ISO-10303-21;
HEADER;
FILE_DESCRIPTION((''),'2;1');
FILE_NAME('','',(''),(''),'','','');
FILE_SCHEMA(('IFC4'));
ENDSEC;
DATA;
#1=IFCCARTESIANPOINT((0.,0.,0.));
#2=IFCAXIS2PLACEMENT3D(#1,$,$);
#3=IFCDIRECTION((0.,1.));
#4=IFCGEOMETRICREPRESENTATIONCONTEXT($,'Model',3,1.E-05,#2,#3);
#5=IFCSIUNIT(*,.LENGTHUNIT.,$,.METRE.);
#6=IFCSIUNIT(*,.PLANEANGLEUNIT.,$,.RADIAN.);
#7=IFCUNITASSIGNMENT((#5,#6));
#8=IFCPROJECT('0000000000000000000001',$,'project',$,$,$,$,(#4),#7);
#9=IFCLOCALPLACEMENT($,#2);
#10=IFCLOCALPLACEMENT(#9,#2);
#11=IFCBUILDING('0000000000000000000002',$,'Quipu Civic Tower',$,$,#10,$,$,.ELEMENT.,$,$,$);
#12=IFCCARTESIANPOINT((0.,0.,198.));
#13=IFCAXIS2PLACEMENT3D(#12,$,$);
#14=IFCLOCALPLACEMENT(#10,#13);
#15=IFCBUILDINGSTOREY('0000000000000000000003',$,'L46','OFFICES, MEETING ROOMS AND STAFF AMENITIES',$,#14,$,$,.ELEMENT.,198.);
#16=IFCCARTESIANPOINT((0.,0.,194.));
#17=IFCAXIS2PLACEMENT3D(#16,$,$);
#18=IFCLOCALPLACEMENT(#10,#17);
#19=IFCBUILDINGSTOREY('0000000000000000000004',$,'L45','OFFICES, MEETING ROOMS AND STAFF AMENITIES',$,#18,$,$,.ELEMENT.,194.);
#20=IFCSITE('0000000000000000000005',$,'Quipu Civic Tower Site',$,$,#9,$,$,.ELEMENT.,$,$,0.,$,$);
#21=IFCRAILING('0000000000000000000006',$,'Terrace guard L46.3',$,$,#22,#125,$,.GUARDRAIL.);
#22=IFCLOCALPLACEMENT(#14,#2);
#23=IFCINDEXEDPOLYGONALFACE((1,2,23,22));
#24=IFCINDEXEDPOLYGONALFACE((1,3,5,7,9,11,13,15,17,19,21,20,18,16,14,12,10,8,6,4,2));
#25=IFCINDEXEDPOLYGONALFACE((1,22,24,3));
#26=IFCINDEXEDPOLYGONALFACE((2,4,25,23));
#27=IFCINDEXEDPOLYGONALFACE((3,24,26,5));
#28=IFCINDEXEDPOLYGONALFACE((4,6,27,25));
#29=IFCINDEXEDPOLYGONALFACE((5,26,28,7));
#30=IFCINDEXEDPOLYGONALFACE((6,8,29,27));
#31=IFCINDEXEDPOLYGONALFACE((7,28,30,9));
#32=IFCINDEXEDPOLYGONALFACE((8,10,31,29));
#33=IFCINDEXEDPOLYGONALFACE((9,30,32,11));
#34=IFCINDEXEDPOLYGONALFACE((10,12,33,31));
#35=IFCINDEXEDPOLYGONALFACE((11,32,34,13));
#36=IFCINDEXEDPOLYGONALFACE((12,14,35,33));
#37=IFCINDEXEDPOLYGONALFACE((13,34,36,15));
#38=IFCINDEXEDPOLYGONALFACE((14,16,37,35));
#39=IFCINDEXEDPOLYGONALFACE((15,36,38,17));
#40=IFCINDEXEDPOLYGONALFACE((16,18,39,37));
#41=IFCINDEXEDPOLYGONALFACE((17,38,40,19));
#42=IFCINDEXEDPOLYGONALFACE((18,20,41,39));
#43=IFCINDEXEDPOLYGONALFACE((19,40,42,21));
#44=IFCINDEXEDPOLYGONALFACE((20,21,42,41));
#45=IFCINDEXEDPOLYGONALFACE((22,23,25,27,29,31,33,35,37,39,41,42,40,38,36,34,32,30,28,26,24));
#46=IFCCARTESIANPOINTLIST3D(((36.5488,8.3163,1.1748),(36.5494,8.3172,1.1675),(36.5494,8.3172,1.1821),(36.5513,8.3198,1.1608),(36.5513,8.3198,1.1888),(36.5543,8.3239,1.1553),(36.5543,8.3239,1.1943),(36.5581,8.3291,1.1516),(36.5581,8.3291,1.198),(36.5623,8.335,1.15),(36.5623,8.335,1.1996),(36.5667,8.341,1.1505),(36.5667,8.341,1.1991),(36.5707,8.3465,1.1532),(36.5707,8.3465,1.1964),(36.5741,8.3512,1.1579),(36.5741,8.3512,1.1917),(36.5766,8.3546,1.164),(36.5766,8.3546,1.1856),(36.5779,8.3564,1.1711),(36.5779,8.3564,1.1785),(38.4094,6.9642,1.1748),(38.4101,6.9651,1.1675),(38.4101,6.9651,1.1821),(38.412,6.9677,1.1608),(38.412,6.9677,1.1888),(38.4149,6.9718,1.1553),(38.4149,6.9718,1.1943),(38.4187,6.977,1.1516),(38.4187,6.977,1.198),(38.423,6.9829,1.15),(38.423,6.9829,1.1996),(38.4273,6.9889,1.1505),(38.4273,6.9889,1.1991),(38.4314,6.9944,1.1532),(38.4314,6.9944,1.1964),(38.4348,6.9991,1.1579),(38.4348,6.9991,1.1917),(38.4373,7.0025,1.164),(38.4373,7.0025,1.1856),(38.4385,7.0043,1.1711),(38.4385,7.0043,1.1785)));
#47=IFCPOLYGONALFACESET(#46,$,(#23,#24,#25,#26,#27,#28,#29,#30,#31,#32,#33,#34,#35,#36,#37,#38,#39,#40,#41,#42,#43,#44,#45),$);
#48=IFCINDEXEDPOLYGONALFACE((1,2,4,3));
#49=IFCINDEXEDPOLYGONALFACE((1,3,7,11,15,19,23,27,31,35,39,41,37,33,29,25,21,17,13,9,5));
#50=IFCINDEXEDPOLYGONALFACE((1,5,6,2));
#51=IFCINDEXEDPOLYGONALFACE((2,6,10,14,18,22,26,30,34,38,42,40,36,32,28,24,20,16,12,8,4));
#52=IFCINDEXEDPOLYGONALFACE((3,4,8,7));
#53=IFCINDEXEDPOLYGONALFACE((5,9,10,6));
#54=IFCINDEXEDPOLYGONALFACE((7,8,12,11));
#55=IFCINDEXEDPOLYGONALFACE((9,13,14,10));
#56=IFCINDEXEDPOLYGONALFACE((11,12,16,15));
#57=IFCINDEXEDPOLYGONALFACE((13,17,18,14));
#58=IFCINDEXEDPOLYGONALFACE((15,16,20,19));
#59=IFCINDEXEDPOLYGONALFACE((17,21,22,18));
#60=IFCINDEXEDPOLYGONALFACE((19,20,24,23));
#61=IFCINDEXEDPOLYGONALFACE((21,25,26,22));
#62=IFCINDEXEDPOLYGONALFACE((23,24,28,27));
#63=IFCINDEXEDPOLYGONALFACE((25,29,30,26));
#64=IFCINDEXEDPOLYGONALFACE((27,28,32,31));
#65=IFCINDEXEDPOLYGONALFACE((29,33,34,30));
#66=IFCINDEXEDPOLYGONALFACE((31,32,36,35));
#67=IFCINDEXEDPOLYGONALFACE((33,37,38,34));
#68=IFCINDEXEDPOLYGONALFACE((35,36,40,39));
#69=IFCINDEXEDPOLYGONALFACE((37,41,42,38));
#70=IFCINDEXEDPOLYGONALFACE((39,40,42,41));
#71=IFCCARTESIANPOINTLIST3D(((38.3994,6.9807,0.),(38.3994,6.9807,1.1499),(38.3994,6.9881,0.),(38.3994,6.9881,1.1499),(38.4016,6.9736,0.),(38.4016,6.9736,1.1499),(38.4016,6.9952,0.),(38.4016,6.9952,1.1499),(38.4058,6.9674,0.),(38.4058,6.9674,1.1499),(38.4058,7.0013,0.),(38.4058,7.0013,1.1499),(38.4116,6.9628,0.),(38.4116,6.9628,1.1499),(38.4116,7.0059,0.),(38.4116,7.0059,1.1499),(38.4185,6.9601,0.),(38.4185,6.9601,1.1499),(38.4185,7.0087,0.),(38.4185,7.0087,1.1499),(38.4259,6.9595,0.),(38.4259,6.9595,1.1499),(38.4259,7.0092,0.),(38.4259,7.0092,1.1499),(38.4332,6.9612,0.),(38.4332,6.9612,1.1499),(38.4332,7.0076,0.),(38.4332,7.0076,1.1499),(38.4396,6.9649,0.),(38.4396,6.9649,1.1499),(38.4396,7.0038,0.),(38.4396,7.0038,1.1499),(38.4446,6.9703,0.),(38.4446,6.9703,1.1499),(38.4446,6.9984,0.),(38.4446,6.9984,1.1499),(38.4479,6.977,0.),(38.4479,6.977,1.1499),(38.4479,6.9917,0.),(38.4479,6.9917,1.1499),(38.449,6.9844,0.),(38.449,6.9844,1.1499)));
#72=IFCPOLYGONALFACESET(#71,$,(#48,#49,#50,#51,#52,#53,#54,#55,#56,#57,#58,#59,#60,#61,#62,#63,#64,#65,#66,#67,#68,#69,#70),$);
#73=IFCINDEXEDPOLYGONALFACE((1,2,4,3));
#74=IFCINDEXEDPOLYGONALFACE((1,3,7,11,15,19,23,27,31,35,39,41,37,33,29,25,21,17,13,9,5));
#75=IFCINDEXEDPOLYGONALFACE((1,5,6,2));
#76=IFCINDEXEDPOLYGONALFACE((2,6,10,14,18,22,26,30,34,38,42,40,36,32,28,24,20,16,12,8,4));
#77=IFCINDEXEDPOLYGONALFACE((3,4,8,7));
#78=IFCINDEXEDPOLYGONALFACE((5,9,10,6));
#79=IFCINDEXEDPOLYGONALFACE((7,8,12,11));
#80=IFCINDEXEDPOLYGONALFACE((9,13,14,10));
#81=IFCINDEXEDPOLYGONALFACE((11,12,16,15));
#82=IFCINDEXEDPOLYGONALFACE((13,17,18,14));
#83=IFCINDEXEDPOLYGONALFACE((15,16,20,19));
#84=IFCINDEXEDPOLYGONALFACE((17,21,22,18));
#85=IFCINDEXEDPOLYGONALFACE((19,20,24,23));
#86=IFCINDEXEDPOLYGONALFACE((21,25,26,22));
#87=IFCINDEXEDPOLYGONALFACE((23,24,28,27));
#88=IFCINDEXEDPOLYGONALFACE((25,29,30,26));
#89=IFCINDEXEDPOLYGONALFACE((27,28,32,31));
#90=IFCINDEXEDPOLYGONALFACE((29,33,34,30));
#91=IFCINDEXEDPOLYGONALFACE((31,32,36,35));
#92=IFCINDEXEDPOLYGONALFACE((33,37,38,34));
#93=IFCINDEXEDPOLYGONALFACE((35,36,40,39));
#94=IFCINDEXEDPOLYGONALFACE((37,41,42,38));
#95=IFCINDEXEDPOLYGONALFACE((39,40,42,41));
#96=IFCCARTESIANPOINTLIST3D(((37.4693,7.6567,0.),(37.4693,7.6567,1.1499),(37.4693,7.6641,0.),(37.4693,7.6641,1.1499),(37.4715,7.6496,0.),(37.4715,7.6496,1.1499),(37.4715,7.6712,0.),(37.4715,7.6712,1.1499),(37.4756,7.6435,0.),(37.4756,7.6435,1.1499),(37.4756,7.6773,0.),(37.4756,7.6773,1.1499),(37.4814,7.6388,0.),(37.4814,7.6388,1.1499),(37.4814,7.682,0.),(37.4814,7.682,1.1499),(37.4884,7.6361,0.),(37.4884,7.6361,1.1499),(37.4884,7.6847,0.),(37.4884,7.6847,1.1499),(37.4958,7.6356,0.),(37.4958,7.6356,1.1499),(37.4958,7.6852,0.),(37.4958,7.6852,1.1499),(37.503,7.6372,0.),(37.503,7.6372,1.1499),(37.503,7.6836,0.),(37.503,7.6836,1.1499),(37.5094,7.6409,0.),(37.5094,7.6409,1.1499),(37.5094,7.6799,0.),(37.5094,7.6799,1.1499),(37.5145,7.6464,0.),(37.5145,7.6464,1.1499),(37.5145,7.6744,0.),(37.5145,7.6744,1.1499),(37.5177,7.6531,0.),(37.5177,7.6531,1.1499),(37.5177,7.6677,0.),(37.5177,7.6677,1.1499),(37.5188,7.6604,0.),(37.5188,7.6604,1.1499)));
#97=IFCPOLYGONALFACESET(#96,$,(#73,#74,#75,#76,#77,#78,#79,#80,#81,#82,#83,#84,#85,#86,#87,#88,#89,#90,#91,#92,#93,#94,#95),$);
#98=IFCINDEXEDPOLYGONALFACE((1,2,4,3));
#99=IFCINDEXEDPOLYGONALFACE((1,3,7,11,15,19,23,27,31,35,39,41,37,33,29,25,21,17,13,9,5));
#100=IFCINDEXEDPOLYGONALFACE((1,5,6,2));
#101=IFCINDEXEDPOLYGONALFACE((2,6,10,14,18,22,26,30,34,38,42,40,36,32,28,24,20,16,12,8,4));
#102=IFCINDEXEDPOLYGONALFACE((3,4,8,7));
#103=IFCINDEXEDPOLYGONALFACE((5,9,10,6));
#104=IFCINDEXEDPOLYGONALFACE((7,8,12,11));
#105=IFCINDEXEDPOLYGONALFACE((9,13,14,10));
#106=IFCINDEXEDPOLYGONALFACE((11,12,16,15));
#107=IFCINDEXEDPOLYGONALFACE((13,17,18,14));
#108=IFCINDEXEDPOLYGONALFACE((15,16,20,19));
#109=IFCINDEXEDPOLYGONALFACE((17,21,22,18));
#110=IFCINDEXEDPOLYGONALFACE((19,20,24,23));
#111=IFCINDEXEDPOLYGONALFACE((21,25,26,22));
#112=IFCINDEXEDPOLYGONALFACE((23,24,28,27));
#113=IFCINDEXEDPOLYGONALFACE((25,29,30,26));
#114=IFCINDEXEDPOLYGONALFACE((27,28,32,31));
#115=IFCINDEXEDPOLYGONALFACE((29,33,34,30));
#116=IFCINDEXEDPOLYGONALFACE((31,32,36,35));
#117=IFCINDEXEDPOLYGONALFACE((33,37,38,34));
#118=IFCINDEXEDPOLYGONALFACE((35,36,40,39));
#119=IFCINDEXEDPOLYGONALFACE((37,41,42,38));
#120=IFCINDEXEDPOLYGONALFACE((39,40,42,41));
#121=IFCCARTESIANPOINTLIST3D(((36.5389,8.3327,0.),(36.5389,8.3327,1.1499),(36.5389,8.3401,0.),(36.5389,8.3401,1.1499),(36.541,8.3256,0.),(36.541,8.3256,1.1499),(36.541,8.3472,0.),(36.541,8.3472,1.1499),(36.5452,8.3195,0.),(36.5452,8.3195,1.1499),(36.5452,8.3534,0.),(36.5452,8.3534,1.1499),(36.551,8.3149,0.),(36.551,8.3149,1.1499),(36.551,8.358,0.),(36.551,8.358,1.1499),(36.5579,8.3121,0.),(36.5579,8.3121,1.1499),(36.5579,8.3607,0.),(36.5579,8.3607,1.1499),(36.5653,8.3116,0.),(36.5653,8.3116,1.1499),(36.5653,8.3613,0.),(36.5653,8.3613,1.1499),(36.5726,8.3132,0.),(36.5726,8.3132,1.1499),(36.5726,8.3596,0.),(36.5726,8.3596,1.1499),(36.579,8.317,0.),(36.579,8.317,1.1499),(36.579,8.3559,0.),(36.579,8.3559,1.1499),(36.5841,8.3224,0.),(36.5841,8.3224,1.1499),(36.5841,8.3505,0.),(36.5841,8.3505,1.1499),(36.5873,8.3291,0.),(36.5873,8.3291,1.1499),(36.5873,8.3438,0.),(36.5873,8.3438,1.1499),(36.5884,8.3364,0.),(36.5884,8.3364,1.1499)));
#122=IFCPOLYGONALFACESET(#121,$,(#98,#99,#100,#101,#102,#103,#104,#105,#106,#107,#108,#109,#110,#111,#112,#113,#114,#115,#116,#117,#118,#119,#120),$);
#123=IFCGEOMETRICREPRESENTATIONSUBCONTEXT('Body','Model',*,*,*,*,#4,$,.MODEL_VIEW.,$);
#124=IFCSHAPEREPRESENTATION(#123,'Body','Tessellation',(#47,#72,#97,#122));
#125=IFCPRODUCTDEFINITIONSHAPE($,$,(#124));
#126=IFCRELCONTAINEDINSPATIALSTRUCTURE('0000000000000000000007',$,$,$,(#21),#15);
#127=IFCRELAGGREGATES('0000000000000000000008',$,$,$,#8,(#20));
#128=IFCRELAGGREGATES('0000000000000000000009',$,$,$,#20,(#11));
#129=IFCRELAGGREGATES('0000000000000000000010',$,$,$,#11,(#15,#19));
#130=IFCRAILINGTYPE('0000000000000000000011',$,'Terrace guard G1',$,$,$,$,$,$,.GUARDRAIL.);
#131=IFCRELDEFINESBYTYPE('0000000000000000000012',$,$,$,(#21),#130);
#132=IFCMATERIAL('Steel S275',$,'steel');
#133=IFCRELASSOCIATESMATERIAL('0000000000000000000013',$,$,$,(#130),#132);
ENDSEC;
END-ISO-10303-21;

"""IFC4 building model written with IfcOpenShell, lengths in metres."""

from ifc_helpers import new_model, si_unit, direction, frame, origin, origin_2d, place, context, subcontext, project, spatial, circle, extrude, material, type_object, element, save


model = new_model("IFC4")

# Units and contexts
model_context = context("Model", 3, precision=1e-05, world=origin(), true_north=direction((0.0, 1.0)))
body_context = subcontext(model_context, "Body", "Model", "MODEL_VIEW")
ifc_project = project(units=[si_unit("LENGTHUNIT", "METRE"), si_unit("PLANEANGLEUNIT", "RADIAN")], contexts=[model_context])

# Site, building, storey
site_placement = place(None, origin())
site = spatial("IfcSite", under=ifc_project, at=site_placement, Name="Quipu Civic Tower Site", CompositionType="ELEMENT", RefElevation=0.0)
building_placement = place(site_placement, origin())
building = spatial("IfcBuilding", under=site, at=building_placement, Name="Quipu Civic Tower", CompositionType="ELEMENT")
storey_1_placement = place(building_placement, frame((0.0, 0.0, 198.0)))
storey_1 = spatial("IfcBuildingStorey", under=building, at=storey_1_placement, Name="L46", Description="OFFICES, MEETING ROOMS AND STAFF AMENITIES", CompositionType="ELEMENT", Elevation=198.0)

# Shared definitions
storey_2_placement = place(building_placement, frame((0.0, 0.0, 194.0)))
storey_2 = spatial("IfcBuildingStorey", under=building, at=storey_2_placement, Name="L45", Description="OFFICES, MEETING ROOMS AND STAFF AMENITIES", CompositionType="ELEMENT", Elevation=194.0)

# Railing
ifc_material_1 = material(Name="Steel S275", Category="steel")
railing_type = type_object("IfcRailingType", Name="Terrace guard G1", PredefinedType="GUARDRAIL", material=ifc_material_1)
railing_1_placement = place(storey_1_placement, frame((38.4241, 6.9844, 0.0)))
element("IfcRailing", 1, at=railing_1_placement, inside=storey_1, type_object=railing_type, Name="Terrace guard L46.3", PredefinedType="GUARDRAIL", context=body_context, shape_type="SweptSolid", body=[
    extrude(circle(Radius=0.0249, at=origin_2d()), frame((0.0, 0.0, 1.1748), z_axis=(-0.808966, 0.587856, 0.0), x_axis=(-0.587856, -0.808966, 0.0)), (0.0, 0.0, 1.0), 2.3),
    extrude(circle(Radius=0.0249, at=origin_2d()), origin(), (0.0, 0.0, 1.0), 1.1499),
    extrude(circle(Radius=0.0249, at=origin_2d()), frame((-0.9302, 0.676, 0.0)), (0.0, 0.0, 1.0), 1.1499),
    extrude(circle(Radius=0.0249, at=origin_2d()), frame((-1.8606, 1.3521, 0.0)), (0.0, 0.0, 1.0), 1.1499),
])

save(model, "model.ifc")
